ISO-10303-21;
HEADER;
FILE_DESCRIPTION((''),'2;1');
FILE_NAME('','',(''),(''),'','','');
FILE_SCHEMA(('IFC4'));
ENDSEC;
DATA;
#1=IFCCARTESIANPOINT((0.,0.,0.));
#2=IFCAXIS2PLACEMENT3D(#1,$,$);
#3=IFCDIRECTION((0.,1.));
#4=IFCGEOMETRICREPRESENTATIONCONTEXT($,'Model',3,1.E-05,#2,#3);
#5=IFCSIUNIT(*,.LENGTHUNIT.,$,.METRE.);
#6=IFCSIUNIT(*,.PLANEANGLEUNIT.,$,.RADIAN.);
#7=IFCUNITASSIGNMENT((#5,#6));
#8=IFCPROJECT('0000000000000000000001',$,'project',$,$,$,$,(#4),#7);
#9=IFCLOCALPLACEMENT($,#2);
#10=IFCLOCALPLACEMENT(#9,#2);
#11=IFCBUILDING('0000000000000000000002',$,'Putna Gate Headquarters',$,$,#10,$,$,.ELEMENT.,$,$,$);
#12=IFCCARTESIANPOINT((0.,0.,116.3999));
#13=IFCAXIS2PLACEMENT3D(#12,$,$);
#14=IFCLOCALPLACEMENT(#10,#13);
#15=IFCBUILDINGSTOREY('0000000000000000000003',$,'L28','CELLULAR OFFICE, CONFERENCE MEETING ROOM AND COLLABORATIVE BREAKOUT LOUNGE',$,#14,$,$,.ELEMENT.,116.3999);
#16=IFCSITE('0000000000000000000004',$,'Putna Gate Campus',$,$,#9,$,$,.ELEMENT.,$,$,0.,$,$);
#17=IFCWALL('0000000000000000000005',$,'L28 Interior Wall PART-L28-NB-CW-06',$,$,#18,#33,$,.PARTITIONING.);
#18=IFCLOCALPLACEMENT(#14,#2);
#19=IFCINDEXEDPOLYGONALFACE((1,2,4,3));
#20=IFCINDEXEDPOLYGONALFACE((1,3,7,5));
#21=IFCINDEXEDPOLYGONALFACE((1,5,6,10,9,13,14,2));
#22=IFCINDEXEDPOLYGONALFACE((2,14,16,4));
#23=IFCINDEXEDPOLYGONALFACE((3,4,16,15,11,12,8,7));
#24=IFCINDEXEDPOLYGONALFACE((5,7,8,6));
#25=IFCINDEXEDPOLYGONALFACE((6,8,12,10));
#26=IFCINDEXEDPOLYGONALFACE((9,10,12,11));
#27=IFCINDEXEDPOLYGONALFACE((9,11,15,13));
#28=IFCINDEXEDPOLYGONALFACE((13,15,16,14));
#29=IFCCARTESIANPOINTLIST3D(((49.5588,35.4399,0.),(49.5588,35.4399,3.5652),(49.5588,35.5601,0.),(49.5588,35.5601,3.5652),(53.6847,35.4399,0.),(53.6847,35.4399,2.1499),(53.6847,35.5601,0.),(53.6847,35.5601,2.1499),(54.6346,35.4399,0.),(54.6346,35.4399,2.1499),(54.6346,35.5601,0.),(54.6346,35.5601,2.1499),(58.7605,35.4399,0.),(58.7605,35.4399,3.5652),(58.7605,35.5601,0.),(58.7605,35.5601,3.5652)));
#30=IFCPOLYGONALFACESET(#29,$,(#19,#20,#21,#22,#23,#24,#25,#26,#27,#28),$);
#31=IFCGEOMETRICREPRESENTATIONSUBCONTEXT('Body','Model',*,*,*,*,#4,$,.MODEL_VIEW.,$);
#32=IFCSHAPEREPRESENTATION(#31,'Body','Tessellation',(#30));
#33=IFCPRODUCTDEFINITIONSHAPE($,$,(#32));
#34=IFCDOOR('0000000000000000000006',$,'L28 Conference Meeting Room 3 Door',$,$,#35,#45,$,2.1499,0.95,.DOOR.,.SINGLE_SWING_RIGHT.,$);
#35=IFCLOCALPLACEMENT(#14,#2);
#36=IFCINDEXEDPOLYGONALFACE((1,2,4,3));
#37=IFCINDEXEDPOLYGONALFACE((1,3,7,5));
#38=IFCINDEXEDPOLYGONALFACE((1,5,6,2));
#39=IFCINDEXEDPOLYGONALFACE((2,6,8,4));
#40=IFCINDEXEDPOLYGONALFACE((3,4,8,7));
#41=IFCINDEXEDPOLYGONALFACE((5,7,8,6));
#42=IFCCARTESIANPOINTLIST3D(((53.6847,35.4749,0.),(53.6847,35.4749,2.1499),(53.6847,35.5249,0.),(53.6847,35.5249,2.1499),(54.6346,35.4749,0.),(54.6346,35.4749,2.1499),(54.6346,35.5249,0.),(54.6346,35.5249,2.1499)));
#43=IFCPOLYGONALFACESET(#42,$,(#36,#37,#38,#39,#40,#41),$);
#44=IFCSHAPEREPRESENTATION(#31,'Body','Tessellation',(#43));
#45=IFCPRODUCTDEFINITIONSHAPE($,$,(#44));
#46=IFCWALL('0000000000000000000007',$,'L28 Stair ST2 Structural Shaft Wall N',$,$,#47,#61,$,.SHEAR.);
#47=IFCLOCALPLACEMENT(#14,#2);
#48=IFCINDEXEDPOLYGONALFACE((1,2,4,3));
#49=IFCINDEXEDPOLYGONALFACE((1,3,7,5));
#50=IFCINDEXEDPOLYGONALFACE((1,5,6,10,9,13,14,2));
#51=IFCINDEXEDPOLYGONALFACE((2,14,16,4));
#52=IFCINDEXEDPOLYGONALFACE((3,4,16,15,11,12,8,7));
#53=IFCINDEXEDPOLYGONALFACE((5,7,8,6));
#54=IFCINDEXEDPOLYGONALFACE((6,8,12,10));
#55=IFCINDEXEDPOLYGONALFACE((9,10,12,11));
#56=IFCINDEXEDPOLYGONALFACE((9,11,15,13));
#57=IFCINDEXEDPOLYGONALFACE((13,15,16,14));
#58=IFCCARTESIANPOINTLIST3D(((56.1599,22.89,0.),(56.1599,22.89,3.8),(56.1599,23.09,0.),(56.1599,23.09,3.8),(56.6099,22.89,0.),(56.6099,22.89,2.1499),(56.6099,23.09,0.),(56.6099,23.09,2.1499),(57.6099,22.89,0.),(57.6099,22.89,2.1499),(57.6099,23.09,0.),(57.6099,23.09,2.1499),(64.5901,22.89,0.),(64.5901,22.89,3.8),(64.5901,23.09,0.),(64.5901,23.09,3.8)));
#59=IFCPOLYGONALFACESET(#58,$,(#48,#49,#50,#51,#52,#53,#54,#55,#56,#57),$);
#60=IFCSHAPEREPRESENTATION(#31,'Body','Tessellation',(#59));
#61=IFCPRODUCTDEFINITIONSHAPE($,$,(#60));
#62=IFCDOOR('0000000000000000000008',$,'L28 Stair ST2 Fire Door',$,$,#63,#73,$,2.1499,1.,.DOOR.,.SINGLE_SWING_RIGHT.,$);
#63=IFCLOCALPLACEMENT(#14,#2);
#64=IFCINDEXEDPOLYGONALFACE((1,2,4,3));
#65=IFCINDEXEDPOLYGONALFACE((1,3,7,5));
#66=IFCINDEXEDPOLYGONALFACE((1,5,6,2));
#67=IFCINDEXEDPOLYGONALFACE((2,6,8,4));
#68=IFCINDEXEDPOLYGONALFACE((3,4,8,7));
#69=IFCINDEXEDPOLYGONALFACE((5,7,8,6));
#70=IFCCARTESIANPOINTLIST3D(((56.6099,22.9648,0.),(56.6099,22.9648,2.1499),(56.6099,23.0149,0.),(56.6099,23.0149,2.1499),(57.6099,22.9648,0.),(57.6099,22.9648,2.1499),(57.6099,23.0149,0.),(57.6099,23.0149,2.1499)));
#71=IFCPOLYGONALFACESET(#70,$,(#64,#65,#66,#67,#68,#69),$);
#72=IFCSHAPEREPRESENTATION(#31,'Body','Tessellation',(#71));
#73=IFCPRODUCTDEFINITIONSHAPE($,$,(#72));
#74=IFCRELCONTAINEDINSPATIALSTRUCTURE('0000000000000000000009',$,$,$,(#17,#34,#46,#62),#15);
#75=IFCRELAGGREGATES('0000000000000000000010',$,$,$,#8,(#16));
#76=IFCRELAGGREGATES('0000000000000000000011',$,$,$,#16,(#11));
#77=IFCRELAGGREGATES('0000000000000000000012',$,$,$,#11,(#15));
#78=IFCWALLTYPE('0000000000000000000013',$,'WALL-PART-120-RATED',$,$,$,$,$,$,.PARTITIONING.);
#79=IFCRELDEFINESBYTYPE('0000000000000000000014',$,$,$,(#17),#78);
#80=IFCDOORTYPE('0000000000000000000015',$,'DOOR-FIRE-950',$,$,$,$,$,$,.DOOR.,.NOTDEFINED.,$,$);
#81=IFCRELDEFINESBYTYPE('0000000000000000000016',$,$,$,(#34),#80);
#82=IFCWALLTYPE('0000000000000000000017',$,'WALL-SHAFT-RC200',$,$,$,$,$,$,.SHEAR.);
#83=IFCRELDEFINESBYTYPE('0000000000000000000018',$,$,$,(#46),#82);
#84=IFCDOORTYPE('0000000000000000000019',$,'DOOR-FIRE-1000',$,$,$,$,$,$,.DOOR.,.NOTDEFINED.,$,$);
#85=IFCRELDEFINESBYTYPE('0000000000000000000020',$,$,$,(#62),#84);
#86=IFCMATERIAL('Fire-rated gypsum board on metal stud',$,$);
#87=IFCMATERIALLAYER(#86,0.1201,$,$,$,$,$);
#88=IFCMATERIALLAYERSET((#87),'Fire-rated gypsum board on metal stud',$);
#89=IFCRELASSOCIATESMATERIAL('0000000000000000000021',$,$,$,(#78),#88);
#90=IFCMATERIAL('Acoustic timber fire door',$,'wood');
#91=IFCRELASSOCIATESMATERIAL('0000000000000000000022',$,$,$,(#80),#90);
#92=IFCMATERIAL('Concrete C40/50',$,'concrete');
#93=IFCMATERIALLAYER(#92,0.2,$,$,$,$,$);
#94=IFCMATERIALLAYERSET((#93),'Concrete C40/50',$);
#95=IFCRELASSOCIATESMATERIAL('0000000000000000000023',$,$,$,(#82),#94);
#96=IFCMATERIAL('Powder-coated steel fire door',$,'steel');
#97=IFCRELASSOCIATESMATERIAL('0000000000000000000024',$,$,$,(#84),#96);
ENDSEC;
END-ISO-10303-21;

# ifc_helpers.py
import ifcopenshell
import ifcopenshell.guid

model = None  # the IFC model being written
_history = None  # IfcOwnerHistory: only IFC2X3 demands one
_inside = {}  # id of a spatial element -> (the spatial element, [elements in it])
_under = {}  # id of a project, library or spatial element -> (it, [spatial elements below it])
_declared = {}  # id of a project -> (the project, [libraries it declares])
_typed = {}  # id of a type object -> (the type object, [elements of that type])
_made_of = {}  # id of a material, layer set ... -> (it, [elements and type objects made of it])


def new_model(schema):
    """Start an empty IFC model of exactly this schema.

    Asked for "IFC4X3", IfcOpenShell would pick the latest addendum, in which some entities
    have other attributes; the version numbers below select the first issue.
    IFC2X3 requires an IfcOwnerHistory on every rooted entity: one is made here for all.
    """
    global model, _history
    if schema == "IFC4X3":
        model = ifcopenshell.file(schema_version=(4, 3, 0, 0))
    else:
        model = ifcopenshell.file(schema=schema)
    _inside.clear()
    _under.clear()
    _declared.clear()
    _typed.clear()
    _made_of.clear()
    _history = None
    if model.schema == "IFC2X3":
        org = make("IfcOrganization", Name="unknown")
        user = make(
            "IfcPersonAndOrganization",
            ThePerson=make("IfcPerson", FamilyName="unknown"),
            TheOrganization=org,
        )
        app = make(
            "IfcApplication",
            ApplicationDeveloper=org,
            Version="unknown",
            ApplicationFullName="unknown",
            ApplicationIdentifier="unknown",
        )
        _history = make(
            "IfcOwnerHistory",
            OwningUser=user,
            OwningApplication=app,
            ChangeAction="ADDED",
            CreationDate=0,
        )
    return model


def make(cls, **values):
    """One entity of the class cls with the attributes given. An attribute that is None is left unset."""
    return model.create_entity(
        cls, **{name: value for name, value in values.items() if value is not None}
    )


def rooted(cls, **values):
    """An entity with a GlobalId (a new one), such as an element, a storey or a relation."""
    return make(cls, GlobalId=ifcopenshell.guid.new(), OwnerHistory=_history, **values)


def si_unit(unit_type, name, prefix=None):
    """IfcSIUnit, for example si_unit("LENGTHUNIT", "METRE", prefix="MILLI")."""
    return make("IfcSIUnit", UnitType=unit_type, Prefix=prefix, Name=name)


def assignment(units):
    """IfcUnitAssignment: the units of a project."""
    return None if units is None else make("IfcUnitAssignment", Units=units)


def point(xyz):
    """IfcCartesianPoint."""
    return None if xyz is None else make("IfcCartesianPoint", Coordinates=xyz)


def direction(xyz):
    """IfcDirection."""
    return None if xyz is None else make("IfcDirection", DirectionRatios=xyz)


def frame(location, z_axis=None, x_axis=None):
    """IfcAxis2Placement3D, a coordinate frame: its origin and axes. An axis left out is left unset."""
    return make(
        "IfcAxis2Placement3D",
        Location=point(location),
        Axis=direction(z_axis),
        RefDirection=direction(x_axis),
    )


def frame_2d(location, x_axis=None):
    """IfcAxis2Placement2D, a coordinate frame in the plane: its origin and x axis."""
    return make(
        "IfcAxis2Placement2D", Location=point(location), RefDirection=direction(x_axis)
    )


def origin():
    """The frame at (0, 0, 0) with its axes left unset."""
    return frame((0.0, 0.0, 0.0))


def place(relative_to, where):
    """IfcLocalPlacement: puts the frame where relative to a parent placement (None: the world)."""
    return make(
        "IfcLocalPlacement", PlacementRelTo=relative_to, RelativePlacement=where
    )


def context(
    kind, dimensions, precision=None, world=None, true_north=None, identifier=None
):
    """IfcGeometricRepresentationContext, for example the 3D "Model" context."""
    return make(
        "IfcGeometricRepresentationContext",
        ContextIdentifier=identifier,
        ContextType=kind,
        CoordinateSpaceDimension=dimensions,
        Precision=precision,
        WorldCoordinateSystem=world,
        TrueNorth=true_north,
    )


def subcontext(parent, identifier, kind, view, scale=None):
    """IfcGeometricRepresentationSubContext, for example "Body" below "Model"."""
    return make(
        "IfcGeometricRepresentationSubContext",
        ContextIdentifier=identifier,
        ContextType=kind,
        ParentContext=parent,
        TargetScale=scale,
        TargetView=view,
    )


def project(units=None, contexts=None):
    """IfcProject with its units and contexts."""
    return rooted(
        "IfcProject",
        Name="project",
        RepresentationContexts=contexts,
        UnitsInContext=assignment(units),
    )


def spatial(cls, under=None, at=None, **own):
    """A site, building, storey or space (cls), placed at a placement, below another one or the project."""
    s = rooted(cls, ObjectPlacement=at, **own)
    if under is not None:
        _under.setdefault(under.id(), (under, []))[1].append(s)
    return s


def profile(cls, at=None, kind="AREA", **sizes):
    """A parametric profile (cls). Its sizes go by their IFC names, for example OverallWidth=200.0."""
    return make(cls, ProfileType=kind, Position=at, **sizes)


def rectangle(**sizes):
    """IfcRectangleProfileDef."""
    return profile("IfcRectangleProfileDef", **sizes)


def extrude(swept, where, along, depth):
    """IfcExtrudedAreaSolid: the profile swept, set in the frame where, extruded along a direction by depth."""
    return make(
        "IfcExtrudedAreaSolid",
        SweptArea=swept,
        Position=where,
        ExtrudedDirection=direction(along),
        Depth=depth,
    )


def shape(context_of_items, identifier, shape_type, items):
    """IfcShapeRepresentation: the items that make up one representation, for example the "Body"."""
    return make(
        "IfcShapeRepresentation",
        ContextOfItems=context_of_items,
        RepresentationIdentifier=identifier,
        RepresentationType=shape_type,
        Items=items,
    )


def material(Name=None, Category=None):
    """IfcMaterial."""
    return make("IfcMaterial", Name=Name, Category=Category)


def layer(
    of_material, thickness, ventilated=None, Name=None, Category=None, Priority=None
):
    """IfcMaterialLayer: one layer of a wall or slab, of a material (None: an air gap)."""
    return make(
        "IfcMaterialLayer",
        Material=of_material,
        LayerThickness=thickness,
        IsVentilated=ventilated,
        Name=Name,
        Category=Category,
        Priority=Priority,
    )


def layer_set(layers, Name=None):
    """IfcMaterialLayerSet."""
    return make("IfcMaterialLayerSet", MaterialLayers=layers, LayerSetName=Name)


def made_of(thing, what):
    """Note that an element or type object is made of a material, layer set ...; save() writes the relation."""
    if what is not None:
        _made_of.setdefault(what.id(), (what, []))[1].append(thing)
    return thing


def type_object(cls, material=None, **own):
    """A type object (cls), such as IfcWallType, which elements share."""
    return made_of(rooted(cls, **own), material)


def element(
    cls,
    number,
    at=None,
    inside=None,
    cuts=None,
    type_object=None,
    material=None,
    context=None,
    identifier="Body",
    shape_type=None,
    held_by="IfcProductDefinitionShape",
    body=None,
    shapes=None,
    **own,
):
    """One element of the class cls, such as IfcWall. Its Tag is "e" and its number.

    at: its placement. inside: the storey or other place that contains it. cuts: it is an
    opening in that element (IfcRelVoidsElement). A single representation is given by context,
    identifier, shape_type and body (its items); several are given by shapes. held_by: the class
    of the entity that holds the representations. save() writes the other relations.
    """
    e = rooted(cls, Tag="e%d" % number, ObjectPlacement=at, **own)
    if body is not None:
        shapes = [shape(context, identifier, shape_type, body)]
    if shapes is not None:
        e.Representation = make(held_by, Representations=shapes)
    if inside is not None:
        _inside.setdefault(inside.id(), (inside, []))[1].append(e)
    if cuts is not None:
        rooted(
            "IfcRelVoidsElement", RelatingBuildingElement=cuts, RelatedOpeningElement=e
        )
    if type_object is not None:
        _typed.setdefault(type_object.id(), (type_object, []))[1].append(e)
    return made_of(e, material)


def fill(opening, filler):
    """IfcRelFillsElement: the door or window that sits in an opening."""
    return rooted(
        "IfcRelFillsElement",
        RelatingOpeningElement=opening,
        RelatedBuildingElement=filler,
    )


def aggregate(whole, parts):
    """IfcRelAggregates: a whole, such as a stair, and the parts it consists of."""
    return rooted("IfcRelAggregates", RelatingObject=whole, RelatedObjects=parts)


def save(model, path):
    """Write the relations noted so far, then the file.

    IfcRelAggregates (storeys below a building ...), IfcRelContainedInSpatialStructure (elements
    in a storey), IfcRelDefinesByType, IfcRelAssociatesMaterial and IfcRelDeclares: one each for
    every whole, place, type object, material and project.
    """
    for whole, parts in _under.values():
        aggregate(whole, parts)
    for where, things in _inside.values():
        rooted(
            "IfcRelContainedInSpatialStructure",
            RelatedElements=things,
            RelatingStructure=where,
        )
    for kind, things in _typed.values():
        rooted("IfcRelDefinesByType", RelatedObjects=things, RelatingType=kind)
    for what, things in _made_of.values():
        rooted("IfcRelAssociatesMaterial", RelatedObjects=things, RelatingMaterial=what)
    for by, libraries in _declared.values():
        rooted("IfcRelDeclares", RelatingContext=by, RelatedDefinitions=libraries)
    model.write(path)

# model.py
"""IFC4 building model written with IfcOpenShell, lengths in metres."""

from ifc_helpers import new_model, si_unit, direction, frame, frame_2d, origin, place, context, subcontext, project, spatial, rectangle, extrude, material, layer, layer_set, type_object, element, fill, save


model = new_model("IFC4")

# Units and contexts
model_context = context("Model", 3, precision=1e-05, world=origin(), true_north=direction((0.0, 1.0)))
body_context = subcontext(model_context, "Body", "Model", "MODEL_VIEW")
ifc_project = project(units=[si_unit("LENGTHUNIT", "METRE"), si_unit("PLANEANGLEUNIT", "RADIAN")], contexts=[model_context])

# Site, building, storey
site_placement = place(None, origin())
site = spatial("IfcSite", under=ifc_project, at=site_placement, Name="Putna Gate Campus", CompositionType="ELEMENT", RefElevation=0.0)
building_placement = place(site_placement, origin())
building = spatial("IfcBuilding", under=site, at=building_placement, Name="Putna Gate Headquarters", CompositionType="ELEMENT")
storey_placement = place(building_placement, frame((0.0, 0.0, 116.3999)))
storey = spatial("IfcBuildingStorey", under=building, at=storey_placement, Name="L28", Description="CELLULAR OFFICE, CONFERENCE MEETING ROOM AND COLLABORATIVE BREAKOUT LOUNGE", CompositionType="ELEMENT", Elevation=116.3999)

# Shared definitions
ifc_material_1 = material(Name="Fire-rated gypsum board on metal stud")
ifc_layer_1 = layer(ifc_material_1, 0.1201)
ifc_layer_set_1 = layer_set([ifc_layer_1], Name="Fire-rated gypsum board on metal stud")
wall_type_1 = type_object("IfcWallType", Name="WALL-PART-120-RATED", PredefinedType="PARTITIONING", material=ifc_layer_set_1)

# Walls, openings, doors
ifc_material_2 = material(Name="Acoustic timber fire door", Category="wood")
door_type_1 = type_object("IfcDoorType", Name="DOOR-FIRE-950", OperationType="NOTDEFINED", PredefinedType="DOOR", material=ifc_material_2)
wall_1_placement = place(storey_placement, frame((49.5588, 35.5, 0.0), z_axis=(0.0, 0.0, 1.0), x_axis=(1.0, 0.0, 0.0)))
wall_1 = element("IfcWall", 1, at=wall_1_placement, inside=storey, type_object=wall_type_1, Name="L28 Interior Wall PART-L28-NB-CW-06", PredefinedType="PARTITIONING", context=body_context, shape_type="SweptSolid", body=[
    extrude(rectangle(XDim=9.2017, YDim=0.1201, at=frame_2d((4.6008, 0.0))), origin(), (0.0, 0.0, 1.0), 3.5652),
])
opening_1_placement = place(wall_1_placement, frame((4.1257, 0.0, 0.0)))
opening_1 = element("IfcOpeningElement", 2, at=opening_1_placement, cuts=wall_1, PredefinedType="OPENING", context=body_context, shape_type="SweptSolid", body=[
    extrude(rectangle(XDim=0.95, YDim=2.1499, at=frame_2d((0.4751, 1.075))), frame((0.0, 0.0701, 0.0), z_axis=(0.0, -1.0, 0.0), x_axis=(1.0, 0.0, 0.0)), (0.0, 0.0, 1.0), 0.1401),
])
door_1_placement = place(opening_1_placement, origin())
door_1 = element("IfcDoor", 3, at=door_1_placement, inside=storey, type_object=door_type_1, Name="L28 Conference Meeting Room 3 Door", OperationType="SINGLE_SWING_RIGHT", OverallHeight=2.1499, OverallWidth=0.95, PredefinedType="DOOR", context=body_context, shape_type="SweptSolid", body=[
    extrude(rectangle(XDim=0.95, YDim=2.1499, at=frame_2d((0.4751, 1.075))), frame((0.0, 0.0249, 0.0), z_axis=(0.0, -1.0, 0.0), x_axis=(1.0, 0.0, 0.0)), (0.0, 0.0, 1.0), 0.05),
])
fill(opening_1, door_1)
ifc_material_3 = material(Name="Concrete C40/50", Category="concrete")
ifc_layer_2 = layer(ifc_material_3, 0.2)
ifc_layer_set_2 = layer_set([ifc_layer_2], Name="Concrete C40/50")
wall_type_2 = type_object("IfcWallType", Name="WALL-SHAFT-RC200", PredefinedType="SHEAR", material=ifc_layer_set_2)
wall_2_placement = place(storey_placement, frame((56.1599, 22.99, 0.0), z_axis=(0.0, 0.0, 1.0), x_axis=(1.0, 0.0, 0.0)))
wall_2 = element("IfcWall", 4, at=wall_2_placement, inside=storey, type_object=wall_type_2, Name="L28 Stair ST2 Structural Shaft Wall N", PredefinedType="SHEAR", context=body_context, shape_type="SweptSolid", body=[
    extrude(rectangle(XDim=8.4302, YDim=0.2, at=frame_2d((4.2151, 0.0))), origin(), (0.0, 0.0, 1.0), 3.8),
])
opening_2_placement = place(wall_2_placement, frame((0.45, 0.0, 0.0)))
opening_2 = element("IfcOpeningElement", 5, at=opening_2_placement, cuts=wall_2, PredefinedType="OPENING", context=body_context, shape_type="SweptSolid", body=[
    extrude(rectangle(XDim=1.0, YDim=2.1499, at=frame_2d((0.5, 1.075))), frame((0.0, 0.1099, 0.0), z_axis=(0.0, -1.0, 0.0), x_axis=(1.0, 0.0, 0.0)), (0.0, 0.0, 1.0), 0.22),
])
ifc_material_4 = material(Name="Powder-coated steel fire door", Category="steel")
door_type_2 = type_object("IfcDoorType", Name="DOOR-FIRE-1000", OperationType="NOTDEFINED", PredefinedType="DOOR", material=ifc_material_4)
door_2_placement = place(opening_2_placement, origin())
door_2 = element("IfcDoor", 6, at=door_2_placement, inside=storey, type_object=door_type_2, Name="L28 Stair ST2 Fire Door", OperationType="SINGLE_SWING_RIGHT", OverallHeight=2.1499, OverallWidth=1.0, PredefinedType="DOOR", context=body_context, shape_type="SweptSolid", body=[
    extrude(rectangle(XDim=1.0, YDim=2.1499, at=frame_2d((0.5, 1.075))), frame((0.0, 0.0249, 0.0), z_axis=(0.0, -1.0, 0.0), x_axis=(1.0, 0.0, 0.0)), (0.0, 0.0, 1.0), 0.05),
])
fill(opening_2, door_2)

save(model, "model.ifc")
